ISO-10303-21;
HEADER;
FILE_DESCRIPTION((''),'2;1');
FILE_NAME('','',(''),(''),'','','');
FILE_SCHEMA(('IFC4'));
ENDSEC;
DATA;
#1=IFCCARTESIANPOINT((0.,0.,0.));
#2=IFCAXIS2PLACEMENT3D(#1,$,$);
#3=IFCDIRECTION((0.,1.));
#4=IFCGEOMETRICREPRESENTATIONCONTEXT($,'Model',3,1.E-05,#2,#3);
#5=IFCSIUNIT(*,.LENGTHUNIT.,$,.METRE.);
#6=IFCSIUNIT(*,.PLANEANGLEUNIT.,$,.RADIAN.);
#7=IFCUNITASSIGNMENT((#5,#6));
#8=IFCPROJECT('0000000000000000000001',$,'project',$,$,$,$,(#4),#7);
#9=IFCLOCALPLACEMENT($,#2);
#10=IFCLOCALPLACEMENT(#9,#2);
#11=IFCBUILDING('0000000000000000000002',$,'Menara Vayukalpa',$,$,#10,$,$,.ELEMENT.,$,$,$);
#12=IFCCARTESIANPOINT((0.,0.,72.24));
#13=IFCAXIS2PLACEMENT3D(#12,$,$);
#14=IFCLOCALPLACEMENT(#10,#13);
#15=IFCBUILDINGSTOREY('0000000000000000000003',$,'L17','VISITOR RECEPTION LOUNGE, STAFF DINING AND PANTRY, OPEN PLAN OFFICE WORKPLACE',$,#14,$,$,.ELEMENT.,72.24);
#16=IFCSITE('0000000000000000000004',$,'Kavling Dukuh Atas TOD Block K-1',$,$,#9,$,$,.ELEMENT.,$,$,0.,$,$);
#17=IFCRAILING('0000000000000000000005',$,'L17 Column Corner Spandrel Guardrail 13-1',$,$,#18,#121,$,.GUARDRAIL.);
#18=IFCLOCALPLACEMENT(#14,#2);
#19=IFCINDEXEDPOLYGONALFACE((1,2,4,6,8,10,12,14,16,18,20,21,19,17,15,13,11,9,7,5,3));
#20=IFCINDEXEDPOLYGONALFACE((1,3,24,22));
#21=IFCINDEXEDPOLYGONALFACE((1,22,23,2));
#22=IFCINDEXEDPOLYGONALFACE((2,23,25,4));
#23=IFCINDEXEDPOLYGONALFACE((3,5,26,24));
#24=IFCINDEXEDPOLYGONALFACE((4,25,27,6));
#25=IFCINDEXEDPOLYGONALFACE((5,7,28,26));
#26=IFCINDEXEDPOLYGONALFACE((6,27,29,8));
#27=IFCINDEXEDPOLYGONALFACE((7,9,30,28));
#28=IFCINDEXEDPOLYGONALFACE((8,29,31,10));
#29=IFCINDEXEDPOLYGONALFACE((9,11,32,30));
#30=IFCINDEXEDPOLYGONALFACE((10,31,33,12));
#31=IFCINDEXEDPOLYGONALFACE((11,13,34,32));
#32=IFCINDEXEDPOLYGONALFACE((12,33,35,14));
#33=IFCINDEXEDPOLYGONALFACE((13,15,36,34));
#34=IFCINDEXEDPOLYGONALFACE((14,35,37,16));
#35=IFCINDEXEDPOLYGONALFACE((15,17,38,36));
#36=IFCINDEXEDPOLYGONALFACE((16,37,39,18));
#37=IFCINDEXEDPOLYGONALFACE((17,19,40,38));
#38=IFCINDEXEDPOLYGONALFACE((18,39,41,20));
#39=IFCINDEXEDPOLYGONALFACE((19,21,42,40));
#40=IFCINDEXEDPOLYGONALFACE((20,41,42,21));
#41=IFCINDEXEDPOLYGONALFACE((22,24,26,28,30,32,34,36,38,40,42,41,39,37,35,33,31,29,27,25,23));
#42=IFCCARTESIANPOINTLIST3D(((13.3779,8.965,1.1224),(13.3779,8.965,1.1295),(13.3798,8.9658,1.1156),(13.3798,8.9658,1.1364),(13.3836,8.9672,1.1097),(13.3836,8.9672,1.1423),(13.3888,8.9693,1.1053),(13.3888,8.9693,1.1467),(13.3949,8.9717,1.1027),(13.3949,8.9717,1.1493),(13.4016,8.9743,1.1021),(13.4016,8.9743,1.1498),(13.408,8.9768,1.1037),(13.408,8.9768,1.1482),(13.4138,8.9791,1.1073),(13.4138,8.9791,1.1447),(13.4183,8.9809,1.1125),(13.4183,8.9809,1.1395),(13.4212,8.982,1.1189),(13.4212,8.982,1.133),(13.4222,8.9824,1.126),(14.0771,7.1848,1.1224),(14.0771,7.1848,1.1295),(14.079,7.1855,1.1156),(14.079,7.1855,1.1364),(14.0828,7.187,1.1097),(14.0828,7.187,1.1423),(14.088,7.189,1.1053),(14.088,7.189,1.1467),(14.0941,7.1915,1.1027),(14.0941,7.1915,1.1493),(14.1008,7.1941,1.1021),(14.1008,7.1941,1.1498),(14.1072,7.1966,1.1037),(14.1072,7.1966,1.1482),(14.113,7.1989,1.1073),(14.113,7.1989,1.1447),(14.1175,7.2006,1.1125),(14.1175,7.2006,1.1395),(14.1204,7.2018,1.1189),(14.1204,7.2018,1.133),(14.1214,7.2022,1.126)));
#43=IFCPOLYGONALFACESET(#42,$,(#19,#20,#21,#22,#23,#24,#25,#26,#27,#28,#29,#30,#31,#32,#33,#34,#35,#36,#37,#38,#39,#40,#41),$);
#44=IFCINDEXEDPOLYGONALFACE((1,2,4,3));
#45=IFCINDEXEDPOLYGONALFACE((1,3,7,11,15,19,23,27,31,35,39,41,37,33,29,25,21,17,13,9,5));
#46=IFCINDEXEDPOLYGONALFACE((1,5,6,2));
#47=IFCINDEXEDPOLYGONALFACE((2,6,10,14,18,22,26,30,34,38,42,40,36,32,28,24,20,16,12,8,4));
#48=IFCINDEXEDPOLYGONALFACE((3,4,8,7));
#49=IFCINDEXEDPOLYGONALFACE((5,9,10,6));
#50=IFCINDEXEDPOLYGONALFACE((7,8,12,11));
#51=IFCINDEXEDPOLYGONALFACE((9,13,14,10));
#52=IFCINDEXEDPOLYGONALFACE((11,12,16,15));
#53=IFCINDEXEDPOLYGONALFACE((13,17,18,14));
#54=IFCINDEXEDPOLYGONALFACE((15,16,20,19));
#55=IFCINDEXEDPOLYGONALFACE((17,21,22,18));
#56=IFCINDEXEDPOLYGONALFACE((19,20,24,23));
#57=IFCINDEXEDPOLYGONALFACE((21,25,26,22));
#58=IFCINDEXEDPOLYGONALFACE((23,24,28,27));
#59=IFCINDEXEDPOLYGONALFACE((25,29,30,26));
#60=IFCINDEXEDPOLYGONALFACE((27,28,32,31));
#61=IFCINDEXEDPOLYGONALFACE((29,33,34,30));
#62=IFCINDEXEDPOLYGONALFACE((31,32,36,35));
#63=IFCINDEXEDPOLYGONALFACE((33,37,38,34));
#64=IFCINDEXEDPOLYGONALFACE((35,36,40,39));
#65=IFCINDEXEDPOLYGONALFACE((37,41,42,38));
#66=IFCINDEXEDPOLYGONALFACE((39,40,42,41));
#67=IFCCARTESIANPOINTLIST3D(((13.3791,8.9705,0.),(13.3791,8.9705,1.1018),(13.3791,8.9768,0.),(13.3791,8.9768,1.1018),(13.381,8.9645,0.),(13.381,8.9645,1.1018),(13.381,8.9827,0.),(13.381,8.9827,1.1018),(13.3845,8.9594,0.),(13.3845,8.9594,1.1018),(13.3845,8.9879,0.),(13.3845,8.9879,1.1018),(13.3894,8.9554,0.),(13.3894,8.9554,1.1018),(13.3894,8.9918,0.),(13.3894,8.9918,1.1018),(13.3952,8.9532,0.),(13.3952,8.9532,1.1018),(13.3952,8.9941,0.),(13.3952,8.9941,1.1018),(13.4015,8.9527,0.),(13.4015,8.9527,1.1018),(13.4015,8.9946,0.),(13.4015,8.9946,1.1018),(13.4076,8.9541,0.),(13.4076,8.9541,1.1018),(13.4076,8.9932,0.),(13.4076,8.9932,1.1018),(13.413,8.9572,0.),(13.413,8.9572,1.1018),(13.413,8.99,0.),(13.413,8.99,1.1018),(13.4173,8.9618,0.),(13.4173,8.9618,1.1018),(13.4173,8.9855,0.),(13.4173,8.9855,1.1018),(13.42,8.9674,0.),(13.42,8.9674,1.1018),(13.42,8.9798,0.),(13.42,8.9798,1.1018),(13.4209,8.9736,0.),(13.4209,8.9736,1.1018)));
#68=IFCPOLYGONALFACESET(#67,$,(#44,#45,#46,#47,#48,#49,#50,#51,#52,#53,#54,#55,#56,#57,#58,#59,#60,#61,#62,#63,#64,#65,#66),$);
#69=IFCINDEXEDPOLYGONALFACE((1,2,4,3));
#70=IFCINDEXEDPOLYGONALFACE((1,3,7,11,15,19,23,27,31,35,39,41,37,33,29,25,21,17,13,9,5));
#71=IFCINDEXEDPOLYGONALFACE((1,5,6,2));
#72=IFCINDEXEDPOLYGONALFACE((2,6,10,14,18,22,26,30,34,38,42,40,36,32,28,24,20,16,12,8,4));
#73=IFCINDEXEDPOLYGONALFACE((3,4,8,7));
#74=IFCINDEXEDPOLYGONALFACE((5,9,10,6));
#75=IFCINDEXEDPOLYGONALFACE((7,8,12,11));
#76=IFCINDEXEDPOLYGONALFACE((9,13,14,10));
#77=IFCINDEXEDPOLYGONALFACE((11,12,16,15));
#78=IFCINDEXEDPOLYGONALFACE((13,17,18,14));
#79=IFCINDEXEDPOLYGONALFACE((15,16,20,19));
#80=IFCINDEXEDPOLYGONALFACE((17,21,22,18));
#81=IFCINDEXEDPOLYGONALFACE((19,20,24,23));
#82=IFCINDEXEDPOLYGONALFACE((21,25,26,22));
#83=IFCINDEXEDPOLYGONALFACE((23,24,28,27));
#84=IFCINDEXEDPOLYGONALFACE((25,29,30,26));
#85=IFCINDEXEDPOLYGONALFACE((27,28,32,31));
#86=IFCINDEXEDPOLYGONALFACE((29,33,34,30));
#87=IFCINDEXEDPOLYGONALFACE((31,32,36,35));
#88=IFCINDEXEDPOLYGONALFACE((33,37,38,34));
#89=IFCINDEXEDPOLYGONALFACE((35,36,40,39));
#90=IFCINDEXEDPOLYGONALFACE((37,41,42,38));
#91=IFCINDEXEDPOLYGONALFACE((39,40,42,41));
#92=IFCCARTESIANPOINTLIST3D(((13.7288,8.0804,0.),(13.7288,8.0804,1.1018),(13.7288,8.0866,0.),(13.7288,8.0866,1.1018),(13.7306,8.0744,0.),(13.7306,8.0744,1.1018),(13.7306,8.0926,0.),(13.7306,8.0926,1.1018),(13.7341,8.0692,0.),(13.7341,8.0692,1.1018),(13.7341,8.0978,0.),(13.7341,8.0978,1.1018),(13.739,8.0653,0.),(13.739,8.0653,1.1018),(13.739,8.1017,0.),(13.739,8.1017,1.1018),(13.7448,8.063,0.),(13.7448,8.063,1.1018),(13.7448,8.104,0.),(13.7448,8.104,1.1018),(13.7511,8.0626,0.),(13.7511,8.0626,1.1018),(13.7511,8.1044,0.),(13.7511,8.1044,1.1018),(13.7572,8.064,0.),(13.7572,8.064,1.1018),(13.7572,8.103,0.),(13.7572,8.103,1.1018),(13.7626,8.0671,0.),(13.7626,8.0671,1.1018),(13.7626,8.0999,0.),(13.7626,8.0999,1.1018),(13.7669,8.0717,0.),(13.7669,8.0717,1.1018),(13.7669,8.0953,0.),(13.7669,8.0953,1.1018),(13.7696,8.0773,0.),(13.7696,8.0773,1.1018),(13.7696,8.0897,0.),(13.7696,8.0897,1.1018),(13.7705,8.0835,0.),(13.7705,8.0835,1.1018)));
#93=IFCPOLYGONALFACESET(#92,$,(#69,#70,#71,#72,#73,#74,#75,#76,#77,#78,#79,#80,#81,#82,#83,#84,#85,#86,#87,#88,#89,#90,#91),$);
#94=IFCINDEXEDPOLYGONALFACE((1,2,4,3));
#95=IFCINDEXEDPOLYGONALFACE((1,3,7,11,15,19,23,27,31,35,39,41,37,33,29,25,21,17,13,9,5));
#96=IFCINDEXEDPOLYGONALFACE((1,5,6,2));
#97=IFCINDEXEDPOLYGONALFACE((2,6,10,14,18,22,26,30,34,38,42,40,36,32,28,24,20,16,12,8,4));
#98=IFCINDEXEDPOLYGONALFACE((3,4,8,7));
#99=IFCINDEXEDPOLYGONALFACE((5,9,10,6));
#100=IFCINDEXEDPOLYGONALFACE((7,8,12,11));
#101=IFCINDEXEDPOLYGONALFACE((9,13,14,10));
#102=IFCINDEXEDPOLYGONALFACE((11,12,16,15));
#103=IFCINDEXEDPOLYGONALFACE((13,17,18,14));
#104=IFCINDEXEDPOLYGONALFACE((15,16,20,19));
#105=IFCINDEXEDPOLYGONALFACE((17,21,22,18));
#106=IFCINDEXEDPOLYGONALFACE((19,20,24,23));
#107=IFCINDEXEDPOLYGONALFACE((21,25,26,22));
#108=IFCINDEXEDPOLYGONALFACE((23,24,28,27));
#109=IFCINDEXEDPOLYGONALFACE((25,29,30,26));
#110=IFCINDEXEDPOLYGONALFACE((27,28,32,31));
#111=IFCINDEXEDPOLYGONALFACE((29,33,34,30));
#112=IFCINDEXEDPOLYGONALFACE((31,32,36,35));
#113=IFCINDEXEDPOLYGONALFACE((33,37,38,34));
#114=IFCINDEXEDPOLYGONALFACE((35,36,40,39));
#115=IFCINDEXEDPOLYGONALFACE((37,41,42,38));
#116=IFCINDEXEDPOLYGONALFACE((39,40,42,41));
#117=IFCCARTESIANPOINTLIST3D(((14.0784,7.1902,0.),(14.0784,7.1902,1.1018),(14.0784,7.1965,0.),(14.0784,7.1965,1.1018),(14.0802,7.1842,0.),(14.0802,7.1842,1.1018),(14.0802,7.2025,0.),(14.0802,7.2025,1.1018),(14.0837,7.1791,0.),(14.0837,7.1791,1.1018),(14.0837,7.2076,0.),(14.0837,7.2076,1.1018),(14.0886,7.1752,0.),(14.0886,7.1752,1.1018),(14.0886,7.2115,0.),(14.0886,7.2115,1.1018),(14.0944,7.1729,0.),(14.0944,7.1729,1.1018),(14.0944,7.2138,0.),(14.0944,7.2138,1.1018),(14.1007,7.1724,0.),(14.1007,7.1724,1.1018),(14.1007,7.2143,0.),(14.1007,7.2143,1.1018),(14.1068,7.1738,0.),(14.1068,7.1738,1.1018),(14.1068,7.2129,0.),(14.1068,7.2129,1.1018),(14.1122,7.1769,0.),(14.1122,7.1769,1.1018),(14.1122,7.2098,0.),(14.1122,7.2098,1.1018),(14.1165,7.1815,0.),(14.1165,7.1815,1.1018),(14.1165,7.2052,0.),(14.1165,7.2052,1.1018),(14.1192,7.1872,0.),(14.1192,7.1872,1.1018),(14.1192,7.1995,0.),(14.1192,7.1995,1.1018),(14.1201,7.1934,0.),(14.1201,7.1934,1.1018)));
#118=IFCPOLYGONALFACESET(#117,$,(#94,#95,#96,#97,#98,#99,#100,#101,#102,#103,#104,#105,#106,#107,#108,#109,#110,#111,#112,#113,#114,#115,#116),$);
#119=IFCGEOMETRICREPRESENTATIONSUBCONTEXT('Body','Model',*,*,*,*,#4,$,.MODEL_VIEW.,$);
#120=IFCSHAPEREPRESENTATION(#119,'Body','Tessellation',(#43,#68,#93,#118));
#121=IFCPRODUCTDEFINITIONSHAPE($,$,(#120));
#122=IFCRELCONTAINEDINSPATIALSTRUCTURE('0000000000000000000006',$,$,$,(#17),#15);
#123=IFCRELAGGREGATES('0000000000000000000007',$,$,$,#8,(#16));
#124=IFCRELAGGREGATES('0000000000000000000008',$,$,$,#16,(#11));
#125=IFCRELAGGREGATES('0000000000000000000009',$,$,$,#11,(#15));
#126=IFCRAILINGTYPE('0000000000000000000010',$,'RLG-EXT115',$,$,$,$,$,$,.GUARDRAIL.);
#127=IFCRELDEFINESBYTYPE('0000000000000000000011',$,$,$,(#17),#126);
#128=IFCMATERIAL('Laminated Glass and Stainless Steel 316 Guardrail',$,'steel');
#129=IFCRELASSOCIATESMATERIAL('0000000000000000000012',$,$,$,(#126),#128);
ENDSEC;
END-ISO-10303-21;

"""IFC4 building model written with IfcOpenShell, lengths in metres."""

from ifc_helpers import new_model, si_unit, direction, frame, origin, origin_2d, place, context, subcontext, project, spatial, circle, extrude, material, type_object, element, save


model = new_model("IFC4")

# Units and contexts
model_context = context("Model", 3, precision=1e-05, world=origin(), true_north=direction((0.0, 1.0)))
body_context = subcontext(model_context, "Body", "Model", "MODEL_VIEW")
ifc_project = project(units=[si_unit("LENGTHUNIT", "METRE"), si_unit("PLANEANGLEUNIT", "RADIAN")], contexts=[model_context])

# Site, building, storey
site_placement = place(None, origin())
site = spatial("IfcSite", under=ifc_project, at=site_placement, Name="Kavling Dukuh Atas TOD Block K-1", CompositionType="ELEMENT", RefElevation=0.0)
building_placement = place(site_placement, origin())
building = spatial("IfcBuilding", under=site, at=building_placement, Name="Menara Vayukalpa", CompositionType="ELEMENT")
storey_placement = place(building_placement, frame((0.0, 0.0, 72.24)))
storey = spatial("IfcBuildingStorey", under=building, at=storey_placement, Name="L17", Description="VISITOR RECEPTION LOUNGE, STAFF DINING AND PANTRY, OPEN PLAN OFFICE WORKPLACE", CompositionType="ELEMENT", Elevation=72.24)

# Railing
ifc_material_1 = material(Name="Laminated Glass and Stainless Steel 316 Guardrail", Category="steel")
railing_type = type_object("IfcRailingType", Name="RLG-EXT115", PredefinedType="GUARDRAIL", material=ifc_material_1)
railing_1_placement = place(storey_placement, frame((13.3999, 8.9736, 0.0)))
element("IfcRailing", 1, at=railing_1_placement, inside=storey, type_object=railing_type, Name="L17 Column Corner Spandrel Guardrail 13-1", PredefinedType="GUARDRAIL", context=body_context, shape_type="SweptSolid", body=[
    extrude(circle(Radius=0.0239, at=origin_2d()), frame((0.0, 0.0, 1.126), z_axis=(0.365573, -0.930783, 0.0), x_axis=(0.930783, 0.365573, 0.0)), (0.0, 0.0, 1.0), 1.9126),
    extrude(circle(Radius=0.021, at=origin_2d()), origin(), (0.0, 0.0, 1.0), 1.1018),
    extrude(circle(Radius=0.021, at=origin_2d()), frame((0.3496, -0.8901, 0.0)), (0.0, 0.0, 1.0), 1.1018),
    extrude(circle(Radius=0.021, at=origin_2d()), frame((0.6992, -1.7803, 0.0)), (0.0, 0.0, 1.0), 1.1018),
])

save(model, "model.ifc")
